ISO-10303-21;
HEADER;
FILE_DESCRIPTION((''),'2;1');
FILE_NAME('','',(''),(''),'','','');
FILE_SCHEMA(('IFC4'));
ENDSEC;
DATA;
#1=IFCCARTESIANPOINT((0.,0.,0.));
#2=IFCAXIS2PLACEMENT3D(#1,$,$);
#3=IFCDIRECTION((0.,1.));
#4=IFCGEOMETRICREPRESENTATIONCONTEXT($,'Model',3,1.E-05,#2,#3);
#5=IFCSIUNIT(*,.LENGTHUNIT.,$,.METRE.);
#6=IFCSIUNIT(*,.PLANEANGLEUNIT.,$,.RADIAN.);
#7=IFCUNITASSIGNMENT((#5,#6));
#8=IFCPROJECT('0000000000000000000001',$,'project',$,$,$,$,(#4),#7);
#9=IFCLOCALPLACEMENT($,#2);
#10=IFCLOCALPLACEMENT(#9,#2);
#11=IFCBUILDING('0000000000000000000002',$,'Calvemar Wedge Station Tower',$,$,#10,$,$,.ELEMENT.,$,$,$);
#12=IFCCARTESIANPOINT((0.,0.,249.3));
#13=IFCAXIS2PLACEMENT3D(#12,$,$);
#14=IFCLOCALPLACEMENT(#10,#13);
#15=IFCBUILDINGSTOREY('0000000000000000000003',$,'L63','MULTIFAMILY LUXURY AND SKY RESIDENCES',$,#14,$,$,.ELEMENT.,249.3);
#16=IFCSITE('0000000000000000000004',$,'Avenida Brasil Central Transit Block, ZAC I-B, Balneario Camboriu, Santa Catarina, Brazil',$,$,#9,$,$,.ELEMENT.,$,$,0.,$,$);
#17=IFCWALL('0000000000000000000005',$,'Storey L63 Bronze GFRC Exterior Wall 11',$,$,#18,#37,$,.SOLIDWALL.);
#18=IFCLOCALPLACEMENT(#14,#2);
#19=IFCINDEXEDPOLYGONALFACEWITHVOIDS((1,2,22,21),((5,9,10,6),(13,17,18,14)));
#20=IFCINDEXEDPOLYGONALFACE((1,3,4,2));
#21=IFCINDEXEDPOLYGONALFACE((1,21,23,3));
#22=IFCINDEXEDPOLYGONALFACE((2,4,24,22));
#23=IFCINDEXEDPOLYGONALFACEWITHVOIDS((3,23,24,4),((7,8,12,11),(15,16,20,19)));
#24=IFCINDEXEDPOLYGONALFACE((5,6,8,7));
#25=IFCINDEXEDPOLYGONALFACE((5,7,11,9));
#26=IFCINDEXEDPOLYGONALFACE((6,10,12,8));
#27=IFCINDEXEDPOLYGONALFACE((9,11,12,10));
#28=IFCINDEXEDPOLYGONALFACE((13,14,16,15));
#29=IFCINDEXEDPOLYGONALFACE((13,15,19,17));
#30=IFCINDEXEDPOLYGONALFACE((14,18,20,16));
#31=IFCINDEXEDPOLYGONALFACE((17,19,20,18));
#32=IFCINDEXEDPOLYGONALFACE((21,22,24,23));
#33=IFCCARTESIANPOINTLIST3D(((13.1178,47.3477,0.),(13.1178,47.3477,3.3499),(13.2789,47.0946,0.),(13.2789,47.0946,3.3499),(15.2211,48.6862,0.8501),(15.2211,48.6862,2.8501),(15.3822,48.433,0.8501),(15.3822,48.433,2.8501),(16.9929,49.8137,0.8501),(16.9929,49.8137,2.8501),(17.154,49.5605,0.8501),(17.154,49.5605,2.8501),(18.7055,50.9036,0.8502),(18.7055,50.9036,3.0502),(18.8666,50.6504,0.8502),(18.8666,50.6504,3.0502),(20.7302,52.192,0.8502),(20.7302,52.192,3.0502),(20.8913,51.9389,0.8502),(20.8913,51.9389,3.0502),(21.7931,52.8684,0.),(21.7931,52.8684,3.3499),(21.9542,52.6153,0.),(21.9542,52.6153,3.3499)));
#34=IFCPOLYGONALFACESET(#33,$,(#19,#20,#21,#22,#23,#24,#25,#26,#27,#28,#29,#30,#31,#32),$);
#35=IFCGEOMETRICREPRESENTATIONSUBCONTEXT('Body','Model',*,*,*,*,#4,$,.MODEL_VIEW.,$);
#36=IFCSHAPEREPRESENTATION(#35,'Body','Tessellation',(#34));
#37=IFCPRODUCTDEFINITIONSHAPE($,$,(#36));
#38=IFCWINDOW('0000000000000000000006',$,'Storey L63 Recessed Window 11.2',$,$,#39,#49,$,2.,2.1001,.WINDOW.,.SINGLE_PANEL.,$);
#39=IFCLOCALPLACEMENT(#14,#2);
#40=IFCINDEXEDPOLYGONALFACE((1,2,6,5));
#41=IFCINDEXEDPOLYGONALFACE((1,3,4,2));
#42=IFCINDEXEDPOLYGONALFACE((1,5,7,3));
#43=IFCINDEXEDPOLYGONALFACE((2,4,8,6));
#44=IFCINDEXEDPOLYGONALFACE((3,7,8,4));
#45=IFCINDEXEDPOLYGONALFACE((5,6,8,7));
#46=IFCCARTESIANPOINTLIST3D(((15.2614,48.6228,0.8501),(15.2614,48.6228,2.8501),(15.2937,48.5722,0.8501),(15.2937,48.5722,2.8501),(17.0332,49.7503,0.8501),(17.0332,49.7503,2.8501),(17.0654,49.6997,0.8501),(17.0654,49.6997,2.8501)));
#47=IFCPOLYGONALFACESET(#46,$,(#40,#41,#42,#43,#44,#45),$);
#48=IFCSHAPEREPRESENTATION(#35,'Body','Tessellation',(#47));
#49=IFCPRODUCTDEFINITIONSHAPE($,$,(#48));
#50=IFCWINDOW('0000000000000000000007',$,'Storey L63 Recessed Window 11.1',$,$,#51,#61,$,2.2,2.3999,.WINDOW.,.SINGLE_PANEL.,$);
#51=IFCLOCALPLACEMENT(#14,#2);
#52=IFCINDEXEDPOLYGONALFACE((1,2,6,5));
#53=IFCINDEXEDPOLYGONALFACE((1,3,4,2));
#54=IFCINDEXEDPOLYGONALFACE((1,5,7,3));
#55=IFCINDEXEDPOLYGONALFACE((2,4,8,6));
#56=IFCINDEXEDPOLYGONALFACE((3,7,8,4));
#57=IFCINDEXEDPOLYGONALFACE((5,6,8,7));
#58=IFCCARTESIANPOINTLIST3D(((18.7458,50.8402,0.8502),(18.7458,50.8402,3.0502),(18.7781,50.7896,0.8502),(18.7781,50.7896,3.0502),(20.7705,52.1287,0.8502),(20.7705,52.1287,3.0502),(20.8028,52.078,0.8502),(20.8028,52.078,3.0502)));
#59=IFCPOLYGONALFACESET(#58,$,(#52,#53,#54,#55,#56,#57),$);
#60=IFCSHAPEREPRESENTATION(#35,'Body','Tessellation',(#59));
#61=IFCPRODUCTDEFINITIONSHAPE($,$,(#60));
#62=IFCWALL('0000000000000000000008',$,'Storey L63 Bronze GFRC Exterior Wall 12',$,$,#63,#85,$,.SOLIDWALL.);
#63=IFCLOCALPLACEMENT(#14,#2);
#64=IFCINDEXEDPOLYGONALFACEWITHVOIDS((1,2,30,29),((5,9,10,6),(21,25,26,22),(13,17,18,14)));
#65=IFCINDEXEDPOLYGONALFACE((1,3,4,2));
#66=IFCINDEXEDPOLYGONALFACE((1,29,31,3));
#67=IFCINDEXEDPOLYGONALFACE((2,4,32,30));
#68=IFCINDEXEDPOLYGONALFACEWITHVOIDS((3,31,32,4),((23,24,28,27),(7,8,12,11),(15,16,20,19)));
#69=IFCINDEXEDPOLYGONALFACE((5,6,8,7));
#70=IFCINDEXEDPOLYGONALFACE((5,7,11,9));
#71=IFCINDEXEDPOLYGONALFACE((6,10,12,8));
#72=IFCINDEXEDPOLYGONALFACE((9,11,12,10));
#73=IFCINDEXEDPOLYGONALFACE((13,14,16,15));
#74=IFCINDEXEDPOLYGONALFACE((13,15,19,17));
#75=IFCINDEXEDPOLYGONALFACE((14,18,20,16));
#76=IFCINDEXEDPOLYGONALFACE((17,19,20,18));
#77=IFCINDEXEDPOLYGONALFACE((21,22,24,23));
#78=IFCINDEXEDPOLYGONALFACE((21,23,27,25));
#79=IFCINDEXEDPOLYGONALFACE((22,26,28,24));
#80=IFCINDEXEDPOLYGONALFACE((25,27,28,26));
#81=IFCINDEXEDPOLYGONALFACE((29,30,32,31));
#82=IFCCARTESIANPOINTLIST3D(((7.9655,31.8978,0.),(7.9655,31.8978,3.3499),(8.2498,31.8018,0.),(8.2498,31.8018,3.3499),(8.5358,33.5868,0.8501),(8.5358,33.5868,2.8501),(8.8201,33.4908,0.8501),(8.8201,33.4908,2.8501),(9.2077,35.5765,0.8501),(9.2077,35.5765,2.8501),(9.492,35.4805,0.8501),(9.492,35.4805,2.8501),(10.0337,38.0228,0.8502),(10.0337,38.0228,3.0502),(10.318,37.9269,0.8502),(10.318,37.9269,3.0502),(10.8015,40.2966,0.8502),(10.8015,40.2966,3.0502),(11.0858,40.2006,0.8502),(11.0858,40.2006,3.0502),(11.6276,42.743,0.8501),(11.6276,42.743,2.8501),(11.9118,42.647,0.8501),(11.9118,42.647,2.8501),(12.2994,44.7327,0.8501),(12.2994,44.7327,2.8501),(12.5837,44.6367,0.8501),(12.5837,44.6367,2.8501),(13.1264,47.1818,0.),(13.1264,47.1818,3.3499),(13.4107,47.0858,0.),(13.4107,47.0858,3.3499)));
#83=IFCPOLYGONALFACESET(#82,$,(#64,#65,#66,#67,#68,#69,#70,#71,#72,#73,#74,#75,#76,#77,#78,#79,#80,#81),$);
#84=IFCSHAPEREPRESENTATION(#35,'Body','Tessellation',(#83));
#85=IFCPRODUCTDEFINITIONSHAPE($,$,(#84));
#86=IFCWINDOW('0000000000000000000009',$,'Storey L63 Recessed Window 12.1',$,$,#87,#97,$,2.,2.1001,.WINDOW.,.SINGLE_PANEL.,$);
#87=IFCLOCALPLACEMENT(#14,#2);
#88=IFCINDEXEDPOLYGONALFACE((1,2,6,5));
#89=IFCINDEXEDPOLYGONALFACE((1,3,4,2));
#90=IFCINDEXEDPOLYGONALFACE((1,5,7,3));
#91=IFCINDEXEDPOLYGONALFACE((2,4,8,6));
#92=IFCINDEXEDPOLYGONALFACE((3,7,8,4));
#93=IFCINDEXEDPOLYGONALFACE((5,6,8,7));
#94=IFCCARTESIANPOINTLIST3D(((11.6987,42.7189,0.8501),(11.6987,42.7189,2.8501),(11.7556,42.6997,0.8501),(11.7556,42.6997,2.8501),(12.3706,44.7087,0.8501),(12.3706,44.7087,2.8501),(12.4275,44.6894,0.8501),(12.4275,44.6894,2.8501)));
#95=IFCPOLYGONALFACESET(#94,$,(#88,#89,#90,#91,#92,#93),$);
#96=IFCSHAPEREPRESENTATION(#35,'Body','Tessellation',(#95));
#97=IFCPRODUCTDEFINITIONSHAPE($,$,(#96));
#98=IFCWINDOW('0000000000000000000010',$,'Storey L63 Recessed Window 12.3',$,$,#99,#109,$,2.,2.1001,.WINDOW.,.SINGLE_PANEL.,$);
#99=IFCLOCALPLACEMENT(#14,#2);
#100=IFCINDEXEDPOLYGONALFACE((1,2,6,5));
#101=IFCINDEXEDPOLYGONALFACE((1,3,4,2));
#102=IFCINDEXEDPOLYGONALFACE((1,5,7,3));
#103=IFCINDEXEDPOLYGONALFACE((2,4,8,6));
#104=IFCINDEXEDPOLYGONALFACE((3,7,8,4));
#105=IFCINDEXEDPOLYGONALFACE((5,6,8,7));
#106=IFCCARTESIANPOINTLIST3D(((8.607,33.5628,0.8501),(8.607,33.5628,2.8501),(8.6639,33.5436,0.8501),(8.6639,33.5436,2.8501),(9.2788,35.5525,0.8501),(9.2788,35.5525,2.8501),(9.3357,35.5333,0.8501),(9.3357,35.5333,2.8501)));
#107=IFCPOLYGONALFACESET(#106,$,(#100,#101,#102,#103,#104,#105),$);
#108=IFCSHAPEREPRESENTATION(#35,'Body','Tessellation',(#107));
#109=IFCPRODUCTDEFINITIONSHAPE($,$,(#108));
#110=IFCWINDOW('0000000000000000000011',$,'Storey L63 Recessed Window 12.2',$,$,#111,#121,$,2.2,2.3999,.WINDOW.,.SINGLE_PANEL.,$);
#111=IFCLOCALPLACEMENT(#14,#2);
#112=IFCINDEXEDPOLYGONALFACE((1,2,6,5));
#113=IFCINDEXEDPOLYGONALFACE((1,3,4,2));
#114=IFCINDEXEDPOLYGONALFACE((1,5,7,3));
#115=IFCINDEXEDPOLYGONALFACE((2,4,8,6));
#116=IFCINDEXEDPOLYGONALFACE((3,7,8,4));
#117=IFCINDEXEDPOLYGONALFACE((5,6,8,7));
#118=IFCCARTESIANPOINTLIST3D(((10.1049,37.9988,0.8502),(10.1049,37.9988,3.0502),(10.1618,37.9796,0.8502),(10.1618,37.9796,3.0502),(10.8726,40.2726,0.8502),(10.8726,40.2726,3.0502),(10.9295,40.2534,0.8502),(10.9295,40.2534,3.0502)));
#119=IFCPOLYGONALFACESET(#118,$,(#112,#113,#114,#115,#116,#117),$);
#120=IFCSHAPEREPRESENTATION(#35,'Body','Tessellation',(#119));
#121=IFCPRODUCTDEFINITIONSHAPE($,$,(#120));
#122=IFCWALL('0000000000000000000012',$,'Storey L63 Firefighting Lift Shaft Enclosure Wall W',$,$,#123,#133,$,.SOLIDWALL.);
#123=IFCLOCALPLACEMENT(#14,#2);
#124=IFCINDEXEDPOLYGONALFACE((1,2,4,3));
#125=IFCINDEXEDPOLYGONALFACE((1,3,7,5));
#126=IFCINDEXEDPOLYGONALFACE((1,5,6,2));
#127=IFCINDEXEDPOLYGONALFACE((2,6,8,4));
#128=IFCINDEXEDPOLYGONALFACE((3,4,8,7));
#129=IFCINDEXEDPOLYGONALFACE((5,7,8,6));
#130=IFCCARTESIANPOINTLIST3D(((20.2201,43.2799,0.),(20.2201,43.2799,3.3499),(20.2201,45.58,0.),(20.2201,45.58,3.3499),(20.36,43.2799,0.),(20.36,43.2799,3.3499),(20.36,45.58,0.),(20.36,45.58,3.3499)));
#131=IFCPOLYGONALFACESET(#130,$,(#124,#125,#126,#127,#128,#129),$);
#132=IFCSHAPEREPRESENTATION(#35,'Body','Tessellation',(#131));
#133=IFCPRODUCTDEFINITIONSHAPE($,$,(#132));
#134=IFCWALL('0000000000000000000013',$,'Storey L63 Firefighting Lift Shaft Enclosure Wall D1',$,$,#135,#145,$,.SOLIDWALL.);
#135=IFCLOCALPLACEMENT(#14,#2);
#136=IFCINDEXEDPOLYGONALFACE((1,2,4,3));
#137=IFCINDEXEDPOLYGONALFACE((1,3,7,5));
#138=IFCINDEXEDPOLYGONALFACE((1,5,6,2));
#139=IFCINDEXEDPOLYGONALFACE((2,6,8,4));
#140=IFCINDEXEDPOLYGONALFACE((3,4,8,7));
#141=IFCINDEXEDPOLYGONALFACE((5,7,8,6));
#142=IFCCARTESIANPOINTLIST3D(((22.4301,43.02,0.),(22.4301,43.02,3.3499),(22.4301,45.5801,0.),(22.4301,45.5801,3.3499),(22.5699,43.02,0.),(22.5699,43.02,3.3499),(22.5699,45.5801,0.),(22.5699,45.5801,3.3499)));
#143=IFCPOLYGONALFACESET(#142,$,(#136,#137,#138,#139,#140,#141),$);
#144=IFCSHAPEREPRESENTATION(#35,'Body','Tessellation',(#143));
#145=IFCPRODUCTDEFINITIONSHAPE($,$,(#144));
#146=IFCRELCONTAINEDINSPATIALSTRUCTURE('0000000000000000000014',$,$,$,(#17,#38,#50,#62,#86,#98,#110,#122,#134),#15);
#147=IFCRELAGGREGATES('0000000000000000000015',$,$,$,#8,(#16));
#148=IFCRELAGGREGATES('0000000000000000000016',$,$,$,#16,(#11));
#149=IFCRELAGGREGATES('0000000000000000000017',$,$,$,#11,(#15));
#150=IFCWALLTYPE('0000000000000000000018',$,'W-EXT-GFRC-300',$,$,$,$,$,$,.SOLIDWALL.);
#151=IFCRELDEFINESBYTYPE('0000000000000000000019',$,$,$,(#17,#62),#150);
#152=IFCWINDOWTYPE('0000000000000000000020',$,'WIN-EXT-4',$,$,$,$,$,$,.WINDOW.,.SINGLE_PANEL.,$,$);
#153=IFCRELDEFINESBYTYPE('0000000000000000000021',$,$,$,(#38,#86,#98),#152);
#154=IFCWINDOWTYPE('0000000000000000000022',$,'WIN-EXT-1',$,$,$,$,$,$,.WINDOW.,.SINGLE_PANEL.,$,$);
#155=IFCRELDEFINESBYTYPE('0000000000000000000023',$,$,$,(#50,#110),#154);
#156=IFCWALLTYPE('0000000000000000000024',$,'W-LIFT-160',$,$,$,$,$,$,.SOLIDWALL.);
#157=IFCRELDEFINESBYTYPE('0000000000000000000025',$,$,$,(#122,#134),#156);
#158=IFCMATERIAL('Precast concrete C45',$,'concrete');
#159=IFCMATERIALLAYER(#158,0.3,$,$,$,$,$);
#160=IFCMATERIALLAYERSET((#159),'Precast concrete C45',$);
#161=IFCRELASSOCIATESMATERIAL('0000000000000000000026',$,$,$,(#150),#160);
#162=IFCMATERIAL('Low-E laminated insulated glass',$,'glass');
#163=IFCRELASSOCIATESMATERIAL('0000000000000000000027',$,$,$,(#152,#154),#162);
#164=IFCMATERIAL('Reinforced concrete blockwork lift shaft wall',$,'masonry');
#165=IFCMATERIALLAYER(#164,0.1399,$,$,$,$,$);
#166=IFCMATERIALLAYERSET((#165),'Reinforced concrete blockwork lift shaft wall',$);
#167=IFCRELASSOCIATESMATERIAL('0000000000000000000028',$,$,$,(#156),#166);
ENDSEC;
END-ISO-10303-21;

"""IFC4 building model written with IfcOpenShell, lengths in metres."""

from ifc_helpers import new_model, si_unit, direction, frame, frame_2d, origin, place, context, subcontext, project, spatial, rectangle, extrude, source, transform, mapped, material, layer, layer_set, type_object, element, fill, save


model = new_model("IFC4")

# Units and contexts
model_context = context("Model", 3, precision=1e-05, world=origin(), true_north=direction((0.0, 1.0)))
body_context = subcontext(model_context, "Body", "Model", "MODEL_VIEW")
ifc_project = project(units=[si_unit("LENGTHUNIT", "METRE"), si_unit("PLANEANGLEUNIT", "RADIAN")], contexts=[model_context])

# Site, building, storey
site_placement = place(None, origin())
site = spatial("IfcSite", under=ifc_project, at=site_placement, Name="Avenida Brasil Central Transit Block, ZAC I-B, Balneario Camboriu, Santa Catarina, Brazil", CompositionType="ELEMENT", RefElevation=0.0)
building_placement = place(site_placement, origin())
building = spatial("IfcBuilding", under=site, at=building_placement, Name="Calvemar Wedge Station Tower", CompositionType="ELEMENT")
storey_placement = place(building_placement, frame((0.0, 0.0, 249.3)))
storey = spatial("IfcBuildingStorey", under=building, at=storey_placement, Name="L63", Description="MULTIFAMILY LUXURY AND SKY RESIDENCES", CompositionType="ELEMENT", Elevation=249.3)

# Shared definitions
ifc_material_1 = material(Name="Precast concrete C45", Category="concrete")
ifc_layer_1 = layer(ifc_material_1, 0.3)
ifc_layer_set_1 = layer_set([ifc_layer_1], Name="Precast concrete C45")
wall_type_1 = type_object("IfcWallType", Name="W-EXT-GFRC-300", PredefinedType="SOLIDWALL", material=ifc_layer_set_1)

# Walls, openings, windows
wall_1_placement = place(storey_placement, frame((21.8738, 52.7419, 0.0), z_axis=(0.0, 0.0, 1.0), x_axis=(-0.843657, -0.536883, 0.0)))
wall_1 = element("IfcWall", 1, at=wall_1_placement, inside=storey, type_object=wall_type_1, Name="Storey L63 Bronze GFRC Exterior Wall 11", PredefinedType="SOLIDWALL", context=body_context, shape_type="SweptSolid", body=[
    extrude(rectangle(XDim=10.283, YDim=0.3, at=frame_2d((5.1416, 0.0))), origin(), (0.0, 0.0, 1.0), 3.3499),
])
shared_shape_1 = source(origin(), body_context, "Body", "SweptSolid", [
    extrude(rectangle(XDim=2.3999, YDim=2.2, at=frame_2d((1.2, 1.1001))), frame((0.0, 0.1602, 0.0), z_axis=(0.0, -1.0, 0.0), x_axis=(1.0, 0.0, 0.0)), (0.0, 0.0, 1.0), 0.3201),
])
opening_1_placement = place(wall_1_placement, frame((1.26, 0.0, 0.8501)))
opening_1 = element("IfcOpeningElement", 2, at=opening_1_placement, cuts=wall_1, PredefinedType="OPENING", context=body_context, shape_type="MappedRepresentation", body=[
    mapped(shared_shape_1, transform((0.0, 0.0, 0.0), scale=1.0)),
])
shared_shape_2 = source(origin(), body_context, "Body", "SweptSolid", [
    extrude(rectangle(XDim=2.1001, YDim=2.0, at=frame_2d((1.05, 1.0))), frame((0.0, 0.1602, 0.0), z_axis=(0.0, -1.0, 0.0), x_axis=(1.0, 0.0, 0.0)), (0.0, 0.0, 1.0), 0.3201),
])
opening_2_placement = place(wall_1_placement, frame((5.6899, 0.0, 0.8501)))
opening_2 = element("IfcOpeningElement", 3, at=opening_2_placement, cuts=wall_1, PredefinedType="OPENING", context=body_context, shape_type="MappedRepresentation", body=[
    mapped(shared_shape_2, transform((0.0, 0.0, 0.0), scale=1.0)),
])
ifc_material_2 = material(Name="Low-E laminated insulated glass", Category="glass")
window_type_1 = type_object("IfcWindowType", Name="WIN-EXT-4", PartitioningType="SINGLE_PANEL", PredefinedType="WINDOW", material=ifc_material_2)
shared_shape_3 = source(origin(), body_context, "Body", "SweptSolid", [
    extrude(rectangle(XDim=2.1001, YDim=2.0, at=frame_2d((1.05, 1.0))), frame((0.0, -0.0149, 0.0), z_axis=(0.0, -1.0, 0.0), x_axis=(1.0, 0.0, 0.0)), (0.0, 0.0, 1.0), 0.0601),
])
window_1_placement = place(opening_2_placement, origin())
window_1 = element("IfcWindow", 4, at=window_1_placement, inside=storey, type_object=window_type_1, Name="Storey L63 Recessed Window 11.2", OverallHeight=2.0, OverallWidth=2.1001, PartitioningType="SINGLE_PANEL", PredefinedType="WINDOW", context=body_context, shape_type="MappedRepresentation", body=[
    mapped(shared_shape_3, transform((0.0, 0.0, 0.0), scale=1.0)),
])
fill(opening_2, window_1)
window_type_2 = type_object("IfcWindowType", Name="WIN-EXT-1", PartitioningType="SINGLE_PANEL", PredefinedType="WINDOW", material=ifc_material_2)
shared_shape_4 = source(origin(), body_context, "Body", "SweptSolid", [
    extrude(rectangle(XDim=2.3999, YDim=2.2, at=frame_2d((1.2, 1.1001))), frame((0.0, -0.0149, 0.0), z_axis=(0.0, -1.0, 0.0), x_axis=(1.0, 0.0, 0.0)), (0.0, 0.0, 1.0), 0.0601),
])
window_2_placement = place(opening_1_placement, origin())
window_2 = element("IfcWindow", 5, at=window_2_placement, inside=storey, type_object=window_type_2, Name="Storey L63 Recessed Window 11.1", OverallHeight=2.2, OverallWidth=2.3999, PartitioningType="SINGLE_PANEL", PredefinedType="WINDOW", context=body_context, shape_type="MappedRepresentation", body=[
    mapped(shared_shape_4, transform((0.0, 0.0, 0.0), scale=1.0)),
])
fill(opening_1, window_2)
wall_2_placement = place(storey_placement, frame((13.2686, 47.1338, 0.0), z_axis=(0.0, 0.0, 1.0), x_axis=(-0.319921, -0.947444, 0.0)))
wall_2 = element("IfcWall", 6, at=wall_2_placement, inside=storey, type_object=wall_type_1, Name="Storey L63 Bronze GFRC Exterior Wall 12", PredefinedType="SOLIDWALL", context=body_context, shape_type="SweptSolid", body=[
    extrude(rectangle(XDim=16.1318, YDim=0.3, at=frame_2d((8.0659, 0.0))), origin(), (0.0, 0.0, 1.0), 3.3499),
])
opening_3_placement = place(wall_2_placement, frame((2.585, 0.0, 0.8501)))
opening_3 = element("IfcOpeningElement", 7, at=opening_3_placement, cuts=wall_2, PredefinedType="OPENING", context=body_context, shape_type="MappedRepresentation", body=[
    mapped(shared_shape_2, transform((0.0, 0.0, 0.0), scale=1.0)),
])
opening_4_placement = place(wall_2_placement, frame((7.2671, 0.0, 0.8501)))
opening_4 = element("IfcOpeningElement", 8, at=opening_4_placement, cuts=wall_2, PredefinedType="OPENING", context=body_context, shape_type="MappedRepresentation", body=[
    mapped(shared_shape_1, transform((0.0, 0.0, 0.0), scale=1.0)),
])
opening_5_placement = place(wall_2_placement, frame((12.249, 0.0, 0.8501)))
opening_5 = element("IfcOpeningElement", 9, at=opening_5_placement, cuts=wall_2, PredefinedType="OPENING", context=body_context, shape_type="MappedRepresentation", body=[
    mapped(shared_shape_2, transform((0.0, 0.0, 0.0), scale=1.0)),
])
window_3_placement = place(opening_3_placement, origin())
window_3 = element("IfcWindow", 10, at=window_3_placement, inside=storey, type_object=window_type_1, Name="Storey L63 Recessed Window 12.1", OverallHeight=2.0, OverallWidth=2.1001, PartitioningType="SINGLE_PANEL", PredefinedType="WINDOW", context=body_context, shape_type="MappedRepresentation", body=[
    mapped(shared_shape_3, transform((0.0, 0.0, 0.0), scale=1.0)),
])
fill(opening_3, window_3)
window_4_placement = place(opening_5_placement, origin())
window_4 = element("IfcWindow", 11, at=window_4_placement, inside=storey, type_object=window_type_1, Name="Storey L63 Recessed Window 12.3", OverallHeight=2.0, OverallWidth=2.1001, PartitioningType="SINGLE_PANEL", PredefinedType="WINDOW", context=body_context, shape_type="MappedRepresentation", body=[
    mapped(shared_shape_3, transform((0.0, 0.0, 0.0), scale=1.0)),
])
fill(opening_5, window_4)
window_5_placement = place(opening_4_placement, origin())
window_5 = element("IfcWindow", 12, at=window_5_placement, inside=storey, type_object=window_type_2, Name="Storey L63 Recessed Window 12.2", OverallHeight=2.2, OverallWidth=2.3999, PartitioningType="SINGLE_PANEL", PredefinedType="WINDOW", context=body_context, shape_type="MappedRepresentation", body=[
    mapped(shared_shape_4, transform((0.0, 0.0, 0.0), scale=1.0)),
])
fill(opening_4, window_5)

# Shared definitions
ifc_material_3 = material(Name="Reinforced concrete blockwork lift shaft wall", Category="masonry")
ifc_layer_2 = layer(ifc_material_3, 0.1399)
ifc_layer_set_2 = layer_set([ifc_layer_2], Name="Reinforced concrete blockwork lift shaft wall")
wall_type_2 = type_object("IfcWallType", Name="W-LIFT-160", PredefinedType="SOLIDWALL", material=ifc_layer_set_2)

# Walls
wall_3_placement = place(storey_placement, frame((20.29, 43.28, 0.0), z_axis=(0.0, 0.0, 1.0), x_axis=(0.0, 1.0, 0.0)))
element("IfcWall", 13, at=wall_3_placement, inside=storey, type_object=wall_type_2, Name="Storey L63 Firefighting Lift Shaft Enclosure Wall W", PredefinedType="SOLIDWALL", context=body_context, shape_type="SweptSolid", body=[
    extrude(rectangle(XDim=2.3, YDim=0.1399, at=frame_2d((1.1499, 0.0))), origin(), (0.0, 0.0, 1.0), 3.3499),
])
wall_4_placement = place(storey_placement, frame((22.5, 43.02, 0.0), z_axis=(0.0, 0.0, 1.0), x_axis=(0.0, 1.0, 0.0)))
element("IfcWall", 14, at=wall_4_placement, inside=storey, type_object=wall_type_2, Name="Storey L63 Firefighting Lift Shaft Enclosure Wall D1", PredefinedType="SOLIDWALL", context=body_context, shape_type="SweptSolid", body=[
    extrude(rectangle(XDim=2.5601, YDim=0.1399, at=frame_2d((1.28, 0.0))), origin(), (0.0, 0.0, 1.0), 3.3499),
])

save(model, "model.ifc")
